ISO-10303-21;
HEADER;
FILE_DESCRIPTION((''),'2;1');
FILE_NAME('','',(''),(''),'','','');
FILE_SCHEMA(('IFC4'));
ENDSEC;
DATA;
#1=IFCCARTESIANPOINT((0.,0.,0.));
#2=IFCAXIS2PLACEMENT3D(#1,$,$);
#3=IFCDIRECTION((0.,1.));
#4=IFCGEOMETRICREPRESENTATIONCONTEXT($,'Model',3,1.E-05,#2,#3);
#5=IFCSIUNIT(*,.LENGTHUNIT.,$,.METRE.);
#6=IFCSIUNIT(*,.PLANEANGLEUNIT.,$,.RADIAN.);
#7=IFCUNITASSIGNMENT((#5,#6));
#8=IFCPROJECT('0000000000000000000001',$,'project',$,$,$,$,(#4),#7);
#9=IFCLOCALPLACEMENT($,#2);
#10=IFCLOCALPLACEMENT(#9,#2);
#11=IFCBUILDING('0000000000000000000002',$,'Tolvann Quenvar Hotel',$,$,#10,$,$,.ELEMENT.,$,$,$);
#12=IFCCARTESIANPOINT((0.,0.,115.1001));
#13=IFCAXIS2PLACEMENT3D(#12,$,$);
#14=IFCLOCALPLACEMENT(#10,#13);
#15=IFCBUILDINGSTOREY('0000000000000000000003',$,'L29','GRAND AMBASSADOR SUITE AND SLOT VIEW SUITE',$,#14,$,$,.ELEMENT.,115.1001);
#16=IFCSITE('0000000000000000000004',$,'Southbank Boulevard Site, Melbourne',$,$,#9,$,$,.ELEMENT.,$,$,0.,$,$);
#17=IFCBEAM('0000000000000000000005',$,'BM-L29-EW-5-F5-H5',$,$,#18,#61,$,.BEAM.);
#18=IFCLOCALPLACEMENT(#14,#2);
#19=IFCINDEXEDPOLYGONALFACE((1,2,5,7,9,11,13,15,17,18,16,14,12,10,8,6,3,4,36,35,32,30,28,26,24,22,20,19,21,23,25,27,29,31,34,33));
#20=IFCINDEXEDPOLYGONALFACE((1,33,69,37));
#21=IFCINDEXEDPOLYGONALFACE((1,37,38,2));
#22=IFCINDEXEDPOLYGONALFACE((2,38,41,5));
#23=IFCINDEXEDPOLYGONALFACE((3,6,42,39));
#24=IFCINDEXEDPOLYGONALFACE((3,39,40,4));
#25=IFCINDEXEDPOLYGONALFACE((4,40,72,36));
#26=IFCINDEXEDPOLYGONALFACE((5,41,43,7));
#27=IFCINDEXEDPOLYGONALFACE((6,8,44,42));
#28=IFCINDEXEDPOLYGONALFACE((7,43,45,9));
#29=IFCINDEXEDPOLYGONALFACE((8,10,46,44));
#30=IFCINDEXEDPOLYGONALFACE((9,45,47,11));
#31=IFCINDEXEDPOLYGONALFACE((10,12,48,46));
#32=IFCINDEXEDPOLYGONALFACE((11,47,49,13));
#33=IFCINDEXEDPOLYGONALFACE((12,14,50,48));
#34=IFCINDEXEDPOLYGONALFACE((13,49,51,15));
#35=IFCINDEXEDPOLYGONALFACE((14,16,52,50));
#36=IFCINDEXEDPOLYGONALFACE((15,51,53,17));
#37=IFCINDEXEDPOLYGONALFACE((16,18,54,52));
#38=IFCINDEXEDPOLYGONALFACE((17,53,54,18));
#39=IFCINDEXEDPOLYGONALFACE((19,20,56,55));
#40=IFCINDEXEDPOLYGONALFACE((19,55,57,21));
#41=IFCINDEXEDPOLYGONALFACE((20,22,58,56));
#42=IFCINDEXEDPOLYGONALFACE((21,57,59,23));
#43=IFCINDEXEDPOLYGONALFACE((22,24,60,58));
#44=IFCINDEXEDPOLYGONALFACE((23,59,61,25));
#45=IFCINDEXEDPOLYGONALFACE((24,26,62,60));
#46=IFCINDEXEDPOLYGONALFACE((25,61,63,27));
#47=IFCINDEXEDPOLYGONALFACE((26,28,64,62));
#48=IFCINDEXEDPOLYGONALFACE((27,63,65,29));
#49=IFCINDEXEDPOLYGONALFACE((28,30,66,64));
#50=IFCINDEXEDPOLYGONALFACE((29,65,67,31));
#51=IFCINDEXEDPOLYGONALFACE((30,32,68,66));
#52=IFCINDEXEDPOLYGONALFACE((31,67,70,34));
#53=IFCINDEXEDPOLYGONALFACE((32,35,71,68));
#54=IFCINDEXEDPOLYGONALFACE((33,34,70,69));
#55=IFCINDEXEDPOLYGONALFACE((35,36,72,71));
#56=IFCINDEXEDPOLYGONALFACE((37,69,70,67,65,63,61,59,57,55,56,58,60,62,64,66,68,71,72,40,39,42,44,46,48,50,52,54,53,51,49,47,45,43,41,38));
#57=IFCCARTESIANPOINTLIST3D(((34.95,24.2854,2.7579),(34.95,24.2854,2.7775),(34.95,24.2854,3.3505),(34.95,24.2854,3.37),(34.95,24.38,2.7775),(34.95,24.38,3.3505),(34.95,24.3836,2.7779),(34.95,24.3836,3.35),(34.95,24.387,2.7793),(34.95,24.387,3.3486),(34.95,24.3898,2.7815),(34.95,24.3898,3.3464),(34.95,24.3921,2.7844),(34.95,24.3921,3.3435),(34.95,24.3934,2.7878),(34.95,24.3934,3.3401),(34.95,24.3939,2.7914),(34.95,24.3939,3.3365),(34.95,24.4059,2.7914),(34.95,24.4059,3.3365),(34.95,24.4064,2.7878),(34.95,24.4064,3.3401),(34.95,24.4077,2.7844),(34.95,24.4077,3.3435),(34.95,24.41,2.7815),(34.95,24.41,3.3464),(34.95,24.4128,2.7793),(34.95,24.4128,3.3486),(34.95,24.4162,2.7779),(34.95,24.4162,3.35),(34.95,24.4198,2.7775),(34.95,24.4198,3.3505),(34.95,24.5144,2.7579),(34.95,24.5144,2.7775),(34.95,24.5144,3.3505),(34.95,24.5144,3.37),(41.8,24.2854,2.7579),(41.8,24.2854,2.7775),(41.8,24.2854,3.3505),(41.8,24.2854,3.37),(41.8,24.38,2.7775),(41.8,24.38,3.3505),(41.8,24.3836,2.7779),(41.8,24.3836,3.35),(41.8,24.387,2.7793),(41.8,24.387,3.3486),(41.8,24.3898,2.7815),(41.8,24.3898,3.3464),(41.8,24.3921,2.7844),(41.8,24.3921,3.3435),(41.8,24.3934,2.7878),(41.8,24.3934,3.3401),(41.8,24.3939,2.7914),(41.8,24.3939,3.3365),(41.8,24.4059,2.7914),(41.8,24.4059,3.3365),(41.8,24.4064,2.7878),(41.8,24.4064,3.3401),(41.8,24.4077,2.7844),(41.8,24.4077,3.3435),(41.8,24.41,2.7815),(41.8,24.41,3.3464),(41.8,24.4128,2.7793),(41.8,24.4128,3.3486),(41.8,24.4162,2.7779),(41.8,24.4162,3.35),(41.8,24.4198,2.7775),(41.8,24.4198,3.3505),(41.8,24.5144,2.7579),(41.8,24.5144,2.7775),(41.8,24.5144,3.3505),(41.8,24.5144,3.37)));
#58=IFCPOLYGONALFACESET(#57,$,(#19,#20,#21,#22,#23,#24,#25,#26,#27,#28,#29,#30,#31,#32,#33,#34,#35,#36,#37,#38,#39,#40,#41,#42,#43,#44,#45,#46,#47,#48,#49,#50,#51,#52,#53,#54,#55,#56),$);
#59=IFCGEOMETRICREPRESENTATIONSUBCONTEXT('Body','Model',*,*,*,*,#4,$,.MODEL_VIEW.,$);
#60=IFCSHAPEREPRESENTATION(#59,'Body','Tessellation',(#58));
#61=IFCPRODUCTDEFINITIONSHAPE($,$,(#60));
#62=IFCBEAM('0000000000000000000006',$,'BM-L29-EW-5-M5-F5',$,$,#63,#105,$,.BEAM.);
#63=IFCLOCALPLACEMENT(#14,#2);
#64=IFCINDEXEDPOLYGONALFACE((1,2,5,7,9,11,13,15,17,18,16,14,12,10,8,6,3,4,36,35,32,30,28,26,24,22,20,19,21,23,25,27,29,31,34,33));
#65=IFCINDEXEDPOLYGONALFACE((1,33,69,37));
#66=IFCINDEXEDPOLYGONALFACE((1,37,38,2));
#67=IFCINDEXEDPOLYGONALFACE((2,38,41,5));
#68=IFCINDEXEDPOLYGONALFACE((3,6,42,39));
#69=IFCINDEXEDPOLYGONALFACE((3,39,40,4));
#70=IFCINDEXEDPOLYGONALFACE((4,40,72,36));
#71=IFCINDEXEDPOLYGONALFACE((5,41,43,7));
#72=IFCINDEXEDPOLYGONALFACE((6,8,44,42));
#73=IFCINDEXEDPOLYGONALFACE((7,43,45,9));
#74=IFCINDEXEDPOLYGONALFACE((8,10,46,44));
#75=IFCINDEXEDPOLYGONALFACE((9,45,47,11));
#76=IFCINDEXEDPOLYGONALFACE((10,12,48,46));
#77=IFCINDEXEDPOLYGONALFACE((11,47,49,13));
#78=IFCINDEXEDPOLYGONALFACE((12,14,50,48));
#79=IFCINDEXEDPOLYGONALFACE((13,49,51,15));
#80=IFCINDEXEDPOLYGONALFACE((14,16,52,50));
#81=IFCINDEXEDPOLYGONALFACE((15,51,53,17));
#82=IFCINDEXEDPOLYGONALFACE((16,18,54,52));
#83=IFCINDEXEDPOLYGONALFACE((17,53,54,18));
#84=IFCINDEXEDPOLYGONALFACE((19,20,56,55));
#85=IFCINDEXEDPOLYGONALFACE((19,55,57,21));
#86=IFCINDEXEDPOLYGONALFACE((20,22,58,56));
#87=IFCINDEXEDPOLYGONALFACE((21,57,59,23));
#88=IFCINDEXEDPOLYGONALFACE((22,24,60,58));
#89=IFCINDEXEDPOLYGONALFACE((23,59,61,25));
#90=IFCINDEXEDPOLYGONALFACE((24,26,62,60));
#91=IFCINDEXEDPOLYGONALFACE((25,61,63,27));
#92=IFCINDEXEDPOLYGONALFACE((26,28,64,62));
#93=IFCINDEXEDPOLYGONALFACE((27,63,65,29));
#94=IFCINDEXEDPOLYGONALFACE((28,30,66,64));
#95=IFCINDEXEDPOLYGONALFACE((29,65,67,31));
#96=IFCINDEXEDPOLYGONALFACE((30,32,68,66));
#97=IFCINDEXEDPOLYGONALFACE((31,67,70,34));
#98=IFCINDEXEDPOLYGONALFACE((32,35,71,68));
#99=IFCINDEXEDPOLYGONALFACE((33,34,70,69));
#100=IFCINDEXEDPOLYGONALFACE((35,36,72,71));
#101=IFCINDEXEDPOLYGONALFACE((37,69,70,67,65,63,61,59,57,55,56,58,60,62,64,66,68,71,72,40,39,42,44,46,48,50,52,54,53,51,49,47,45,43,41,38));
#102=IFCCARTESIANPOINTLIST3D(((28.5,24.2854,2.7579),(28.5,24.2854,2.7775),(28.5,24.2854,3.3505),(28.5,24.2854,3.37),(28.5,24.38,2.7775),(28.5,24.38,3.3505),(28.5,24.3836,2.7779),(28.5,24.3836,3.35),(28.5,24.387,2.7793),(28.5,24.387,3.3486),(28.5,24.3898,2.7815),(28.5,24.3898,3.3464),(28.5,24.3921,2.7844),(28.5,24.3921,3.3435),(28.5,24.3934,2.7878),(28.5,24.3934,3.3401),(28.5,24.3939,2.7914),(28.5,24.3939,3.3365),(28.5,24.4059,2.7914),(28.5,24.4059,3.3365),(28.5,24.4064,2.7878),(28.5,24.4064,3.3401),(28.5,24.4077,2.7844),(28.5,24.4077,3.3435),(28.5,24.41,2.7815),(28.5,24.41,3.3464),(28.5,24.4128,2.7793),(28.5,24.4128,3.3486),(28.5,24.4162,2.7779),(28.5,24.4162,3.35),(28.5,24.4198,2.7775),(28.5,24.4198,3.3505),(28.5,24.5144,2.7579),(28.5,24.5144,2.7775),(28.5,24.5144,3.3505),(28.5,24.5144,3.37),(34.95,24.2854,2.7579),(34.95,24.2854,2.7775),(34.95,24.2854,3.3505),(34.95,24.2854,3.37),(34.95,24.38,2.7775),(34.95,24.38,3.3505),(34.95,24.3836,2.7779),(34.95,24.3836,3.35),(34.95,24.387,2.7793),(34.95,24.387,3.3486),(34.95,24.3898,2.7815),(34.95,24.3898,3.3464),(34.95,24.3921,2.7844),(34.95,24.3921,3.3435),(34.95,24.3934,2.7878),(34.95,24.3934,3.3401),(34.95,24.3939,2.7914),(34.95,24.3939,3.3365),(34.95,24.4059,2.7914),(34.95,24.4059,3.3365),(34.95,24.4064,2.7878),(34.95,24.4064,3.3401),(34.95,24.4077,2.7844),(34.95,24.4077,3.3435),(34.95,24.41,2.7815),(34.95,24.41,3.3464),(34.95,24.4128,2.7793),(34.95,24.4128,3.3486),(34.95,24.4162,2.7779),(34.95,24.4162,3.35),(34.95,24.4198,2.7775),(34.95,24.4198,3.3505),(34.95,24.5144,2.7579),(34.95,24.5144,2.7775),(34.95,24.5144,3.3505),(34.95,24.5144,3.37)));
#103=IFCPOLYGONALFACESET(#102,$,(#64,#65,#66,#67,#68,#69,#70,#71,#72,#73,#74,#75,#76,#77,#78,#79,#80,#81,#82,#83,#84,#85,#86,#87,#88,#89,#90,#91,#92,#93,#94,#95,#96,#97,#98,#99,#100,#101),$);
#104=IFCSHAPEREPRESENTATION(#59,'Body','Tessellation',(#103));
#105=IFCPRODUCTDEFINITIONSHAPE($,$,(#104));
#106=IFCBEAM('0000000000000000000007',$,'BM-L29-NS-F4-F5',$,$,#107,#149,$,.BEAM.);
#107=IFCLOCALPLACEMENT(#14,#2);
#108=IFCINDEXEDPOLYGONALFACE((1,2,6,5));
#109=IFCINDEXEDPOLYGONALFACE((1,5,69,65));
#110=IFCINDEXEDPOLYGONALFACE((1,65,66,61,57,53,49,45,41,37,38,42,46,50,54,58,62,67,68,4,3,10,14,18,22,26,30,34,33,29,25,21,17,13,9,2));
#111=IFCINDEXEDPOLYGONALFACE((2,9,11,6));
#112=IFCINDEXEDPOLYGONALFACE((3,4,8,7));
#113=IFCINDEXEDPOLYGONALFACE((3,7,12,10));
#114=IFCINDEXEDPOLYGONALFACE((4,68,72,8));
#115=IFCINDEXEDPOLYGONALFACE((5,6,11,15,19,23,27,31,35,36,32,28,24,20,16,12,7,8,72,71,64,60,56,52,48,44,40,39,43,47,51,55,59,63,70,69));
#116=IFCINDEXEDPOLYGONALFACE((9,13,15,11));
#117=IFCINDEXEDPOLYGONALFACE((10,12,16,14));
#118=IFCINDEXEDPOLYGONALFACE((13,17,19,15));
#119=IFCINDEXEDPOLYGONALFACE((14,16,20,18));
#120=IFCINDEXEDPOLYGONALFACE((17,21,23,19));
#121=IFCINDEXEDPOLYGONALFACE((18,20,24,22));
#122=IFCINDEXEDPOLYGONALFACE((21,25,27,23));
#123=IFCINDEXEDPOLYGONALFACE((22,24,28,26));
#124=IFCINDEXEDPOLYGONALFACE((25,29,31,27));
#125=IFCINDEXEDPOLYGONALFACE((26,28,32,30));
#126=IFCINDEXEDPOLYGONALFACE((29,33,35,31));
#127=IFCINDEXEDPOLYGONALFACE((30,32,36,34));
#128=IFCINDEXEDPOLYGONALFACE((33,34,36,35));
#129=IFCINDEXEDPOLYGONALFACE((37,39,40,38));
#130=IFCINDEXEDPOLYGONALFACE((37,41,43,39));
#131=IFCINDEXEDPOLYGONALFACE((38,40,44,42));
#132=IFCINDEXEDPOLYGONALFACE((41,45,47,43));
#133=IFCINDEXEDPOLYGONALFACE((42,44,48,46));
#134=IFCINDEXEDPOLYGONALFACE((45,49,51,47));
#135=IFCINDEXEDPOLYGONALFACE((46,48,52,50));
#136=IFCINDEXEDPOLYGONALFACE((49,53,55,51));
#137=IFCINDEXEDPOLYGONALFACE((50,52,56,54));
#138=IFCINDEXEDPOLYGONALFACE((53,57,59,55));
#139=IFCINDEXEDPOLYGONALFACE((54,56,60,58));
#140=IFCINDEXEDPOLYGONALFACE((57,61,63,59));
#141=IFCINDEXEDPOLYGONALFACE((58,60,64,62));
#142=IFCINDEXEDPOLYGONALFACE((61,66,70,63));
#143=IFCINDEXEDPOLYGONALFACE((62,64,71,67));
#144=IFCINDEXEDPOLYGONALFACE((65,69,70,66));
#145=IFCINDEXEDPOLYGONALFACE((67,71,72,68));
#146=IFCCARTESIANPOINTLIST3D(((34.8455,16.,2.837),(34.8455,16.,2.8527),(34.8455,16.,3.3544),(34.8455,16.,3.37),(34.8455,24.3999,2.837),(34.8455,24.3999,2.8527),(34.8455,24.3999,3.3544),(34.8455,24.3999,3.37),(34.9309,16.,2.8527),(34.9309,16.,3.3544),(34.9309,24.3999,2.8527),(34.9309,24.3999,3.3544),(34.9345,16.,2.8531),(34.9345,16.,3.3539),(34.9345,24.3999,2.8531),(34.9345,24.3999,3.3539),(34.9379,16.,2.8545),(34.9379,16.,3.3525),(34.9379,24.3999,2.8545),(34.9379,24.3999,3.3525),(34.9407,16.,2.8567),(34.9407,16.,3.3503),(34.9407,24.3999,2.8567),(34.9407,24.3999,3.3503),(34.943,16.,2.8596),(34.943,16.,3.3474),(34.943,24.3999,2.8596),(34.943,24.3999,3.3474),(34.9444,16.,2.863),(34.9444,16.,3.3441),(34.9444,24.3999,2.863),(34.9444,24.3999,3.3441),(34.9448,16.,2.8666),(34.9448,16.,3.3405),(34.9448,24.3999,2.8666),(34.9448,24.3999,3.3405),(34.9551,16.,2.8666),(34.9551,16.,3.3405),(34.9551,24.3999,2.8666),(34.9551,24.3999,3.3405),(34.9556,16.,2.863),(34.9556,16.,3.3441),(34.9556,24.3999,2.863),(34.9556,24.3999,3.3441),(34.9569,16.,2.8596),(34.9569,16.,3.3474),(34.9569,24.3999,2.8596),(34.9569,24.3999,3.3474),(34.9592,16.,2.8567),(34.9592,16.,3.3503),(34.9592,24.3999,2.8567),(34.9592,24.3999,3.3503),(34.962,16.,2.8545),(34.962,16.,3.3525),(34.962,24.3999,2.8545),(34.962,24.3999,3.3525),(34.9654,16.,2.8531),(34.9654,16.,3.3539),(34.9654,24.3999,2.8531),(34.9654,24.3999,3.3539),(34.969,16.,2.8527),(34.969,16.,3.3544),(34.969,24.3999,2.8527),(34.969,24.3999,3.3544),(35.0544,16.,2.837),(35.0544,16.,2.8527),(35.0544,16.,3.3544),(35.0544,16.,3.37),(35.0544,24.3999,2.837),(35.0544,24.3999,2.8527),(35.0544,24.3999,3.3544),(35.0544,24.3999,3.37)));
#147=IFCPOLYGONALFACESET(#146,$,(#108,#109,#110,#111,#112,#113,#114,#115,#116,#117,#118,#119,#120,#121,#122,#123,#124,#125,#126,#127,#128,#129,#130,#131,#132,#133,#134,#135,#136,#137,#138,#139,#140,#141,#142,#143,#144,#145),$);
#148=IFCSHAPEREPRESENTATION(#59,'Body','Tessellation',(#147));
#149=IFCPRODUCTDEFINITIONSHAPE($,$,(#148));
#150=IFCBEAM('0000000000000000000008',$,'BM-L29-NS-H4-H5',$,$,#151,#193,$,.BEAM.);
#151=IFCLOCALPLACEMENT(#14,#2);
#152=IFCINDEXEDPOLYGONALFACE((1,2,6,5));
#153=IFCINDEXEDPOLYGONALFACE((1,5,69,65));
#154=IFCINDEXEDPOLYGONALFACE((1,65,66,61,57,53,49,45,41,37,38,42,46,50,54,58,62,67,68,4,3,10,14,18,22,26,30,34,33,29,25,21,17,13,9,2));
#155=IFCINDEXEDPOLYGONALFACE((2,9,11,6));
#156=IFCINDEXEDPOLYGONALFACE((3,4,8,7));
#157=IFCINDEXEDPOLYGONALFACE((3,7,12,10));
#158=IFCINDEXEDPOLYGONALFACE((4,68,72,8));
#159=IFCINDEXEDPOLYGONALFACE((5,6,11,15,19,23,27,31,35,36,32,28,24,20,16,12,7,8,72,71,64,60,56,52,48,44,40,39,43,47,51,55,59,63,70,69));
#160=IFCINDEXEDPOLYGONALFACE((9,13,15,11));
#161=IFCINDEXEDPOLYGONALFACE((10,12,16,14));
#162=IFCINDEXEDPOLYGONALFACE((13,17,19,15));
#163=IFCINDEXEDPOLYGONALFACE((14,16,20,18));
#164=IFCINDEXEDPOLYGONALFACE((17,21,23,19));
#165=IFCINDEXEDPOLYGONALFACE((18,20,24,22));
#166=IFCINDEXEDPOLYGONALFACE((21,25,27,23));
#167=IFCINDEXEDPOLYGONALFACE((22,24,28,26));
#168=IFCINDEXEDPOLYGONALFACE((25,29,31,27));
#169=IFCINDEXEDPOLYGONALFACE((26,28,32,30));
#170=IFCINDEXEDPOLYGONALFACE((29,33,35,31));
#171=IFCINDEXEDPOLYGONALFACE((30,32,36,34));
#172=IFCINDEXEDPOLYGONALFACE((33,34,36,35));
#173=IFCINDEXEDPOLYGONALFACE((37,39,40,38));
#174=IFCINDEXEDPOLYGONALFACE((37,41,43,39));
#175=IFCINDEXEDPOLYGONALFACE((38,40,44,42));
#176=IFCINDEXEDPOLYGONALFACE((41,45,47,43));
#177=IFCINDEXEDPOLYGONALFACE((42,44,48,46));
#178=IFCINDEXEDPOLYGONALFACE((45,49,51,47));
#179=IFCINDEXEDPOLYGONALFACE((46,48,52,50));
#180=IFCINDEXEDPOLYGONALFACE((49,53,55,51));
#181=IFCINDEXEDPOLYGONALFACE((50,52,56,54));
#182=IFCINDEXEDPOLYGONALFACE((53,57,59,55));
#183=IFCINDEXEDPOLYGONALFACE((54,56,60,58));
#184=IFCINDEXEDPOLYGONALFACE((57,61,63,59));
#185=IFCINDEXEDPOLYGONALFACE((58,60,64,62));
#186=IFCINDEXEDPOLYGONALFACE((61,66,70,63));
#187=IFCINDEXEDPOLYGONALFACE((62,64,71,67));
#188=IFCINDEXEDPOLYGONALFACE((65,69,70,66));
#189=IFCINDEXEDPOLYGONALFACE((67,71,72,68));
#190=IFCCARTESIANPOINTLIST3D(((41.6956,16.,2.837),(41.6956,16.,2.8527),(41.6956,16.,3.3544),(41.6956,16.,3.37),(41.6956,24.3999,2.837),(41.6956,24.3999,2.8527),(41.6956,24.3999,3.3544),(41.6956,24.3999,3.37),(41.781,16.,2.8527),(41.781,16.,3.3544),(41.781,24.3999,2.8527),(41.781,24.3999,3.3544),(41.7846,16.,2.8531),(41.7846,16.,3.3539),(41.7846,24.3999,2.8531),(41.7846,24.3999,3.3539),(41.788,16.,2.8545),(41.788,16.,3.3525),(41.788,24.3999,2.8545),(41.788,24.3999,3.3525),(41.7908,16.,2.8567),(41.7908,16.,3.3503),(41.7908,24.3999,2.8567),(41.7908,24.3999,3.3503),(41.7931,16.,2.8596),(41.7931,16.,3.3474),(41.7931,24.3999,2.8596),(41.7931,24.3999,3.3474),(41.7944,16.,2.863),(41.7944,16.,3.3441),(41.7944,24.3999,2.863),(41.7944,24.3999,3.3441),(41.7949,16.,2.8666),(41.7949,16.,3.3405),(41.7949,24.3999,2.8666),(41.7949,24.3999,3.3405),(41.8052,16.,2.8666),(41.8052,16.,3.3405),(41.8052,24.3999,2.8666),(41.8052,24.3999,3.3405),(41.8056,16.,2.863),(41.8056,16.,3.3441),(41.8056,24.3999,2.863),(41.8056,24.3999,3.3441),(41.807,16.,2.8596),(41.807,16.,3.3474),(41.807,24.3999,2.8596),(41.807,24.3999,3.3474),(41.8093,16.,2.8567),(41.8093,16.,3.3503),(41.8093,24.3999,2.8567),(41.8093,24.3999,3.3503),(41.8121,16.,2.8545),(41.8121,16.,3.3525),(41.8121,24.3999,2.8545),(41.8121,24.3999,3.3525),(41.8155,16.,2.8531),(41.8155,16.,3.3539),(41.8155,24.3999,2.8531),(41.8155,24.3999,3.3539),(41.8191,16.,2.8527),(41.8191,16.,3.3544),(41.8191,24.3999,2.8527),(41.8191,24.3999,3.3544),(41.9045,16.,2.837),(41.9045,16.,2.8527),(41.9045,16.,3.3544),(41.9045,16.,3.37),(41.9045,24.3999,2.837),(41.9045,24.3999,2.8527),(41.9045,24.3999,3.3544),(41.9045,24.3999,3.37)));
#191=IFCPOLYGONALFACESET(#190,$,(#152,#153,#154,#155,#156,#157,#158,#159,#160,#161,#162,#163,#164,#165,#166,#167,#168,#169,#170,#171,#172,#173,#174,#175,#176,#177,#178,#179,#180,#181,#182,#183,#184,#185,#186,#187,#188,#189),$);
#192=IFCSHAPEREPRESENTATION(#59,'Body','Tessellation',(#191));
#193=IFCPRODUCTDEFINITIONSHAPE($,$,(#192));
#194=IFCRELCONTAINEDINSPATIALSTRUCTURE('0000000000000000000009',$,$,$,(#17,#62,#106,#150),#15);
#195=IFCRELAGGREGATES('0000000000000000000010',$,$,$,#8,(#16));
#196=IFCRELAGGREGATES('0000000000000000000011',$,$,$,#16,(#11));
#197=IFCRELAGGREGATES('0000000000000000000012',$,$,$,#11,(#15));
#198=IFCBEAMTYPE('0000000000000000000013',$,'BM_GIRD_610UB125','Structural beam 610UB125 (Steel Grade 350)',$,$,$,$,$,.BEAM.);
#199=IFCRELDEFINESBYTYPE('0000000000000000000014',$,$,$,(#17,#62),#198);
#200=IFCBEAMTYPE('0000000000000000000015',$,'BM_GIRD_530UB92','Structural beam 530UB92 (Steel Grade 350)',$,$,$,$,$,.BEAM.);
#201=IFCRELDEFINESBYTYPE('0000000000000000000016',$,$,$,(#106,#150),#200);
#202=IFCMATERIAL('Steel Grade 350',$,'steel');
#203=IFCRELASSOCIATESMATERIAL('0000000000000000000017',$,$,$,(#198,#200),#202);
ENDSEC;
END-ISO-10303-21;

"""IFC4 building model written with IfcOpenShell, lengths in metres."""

from ifc_helpers import new_model, si_unit, direction, frame, origin, origin_2d, place, context, subcontext, project, spatial, i_section, extrude, source, transform, mapped, material, material_profile, profile_set, type_object, type_shapes, element, save


model = new_model("IFC4")

# Units and contexts
model_context = context("Model", 3, precision=1e-05, world=origin(), true_north=direction((0.0, 1.0)))
body_context = subcontext(model_context, "Body", "Model", "MODEL_VIEW")
ifc_project = project(units=[si_unit("LENGTHUNIT", "METRE"), si_unit("PLANEANGLEUNIT", "RADIAN")], contexts=[model_context])

# Site, building, storey
site_placement = place(None, origin())
site = spatial("IfcSite", under=ifc_project, at=site_placement, Name="Southbank Boulevard Site, Melbourne", CompositionType="ELEMENT", RefElevation=0.0)
building_placement = place(site_placement, origin())
building = spatial("IfcBuilding", under=site, at=building_placement, Name="Tolvann Quenvar Hotel", CompositionType="ELEMENT")
storey_placement = place(building_placement, frame((0.0, 0.0, 115.1001)))
storey = spatial("IfcBuildingStorey", under=building, at=storey_placement, Name="L29", Description="GRAND AMBASSADOR SUITE AND SLOT VIEW SUITE", CompositionType="ELEMENT", Elevation=115.1001)

# Shared definitions
ifc_material_1 = material(Name="Steel Grade 350", Category="steel")

# Beams
ifc_material_profile_1 = material_profile(ifc_material_1, i_section(OverallWidth=0.229, OverallDepth=0.6121, WebThickness=0.012, FlangeThickness=0.0195, FilletRadius=0.0139, at=origin_2d()), Name="610UB125")
ifc_profile_set_1 = profile_set([ifc_material_profile_1], Name="Steel Grade 350")
beam_type_1 = type_object("IfcBeamType", Name="BM_GIRD_610UB125", Description="Structural beam 610UB125 (Steel Grade 350)", PredefinedType="BEAM", material=ifc_profile_set_1)
shared_shape_1 = source(origin(), body_context, "Body", "SweptSolid", [
    extrude(i_section(OverallWidth=0.229, OverallDepth=0.6121, WebThickness=0.012, FlangeThickness=0.0195, FilletRadius=0.0139, at=origin_2d()), origin(), (0.0, 0.0, 1.0), 6.8501),
])
for number, where, z_axis, x_axis, name in (
    (1, (34.95, 24.3999, 3.064), (1.0, 0.0, 0.0), (0.0, 1.0, 0.0), "BM-L29-EW-5-F5-H5"),
):
    element("IfcBeam", number, at=place(storey_placement, frame(where, z_axis=z_axis, x_axis=x_axis)), inside=storey, type_object=beam_type_1, Name=name, PredefinedType="BEAM", context=body_context, shape_type="MappedRepresentation", body=[
        mapped(shared_shape_1, transform((0.0, 0.0, 0.0), x_axis=(1.0, 0.0, 0.0), y_axis=(0.0, 1.0, 0.0), z_axis=(0.0, 0.0, 1.0), scale=1.0)),
    ])
shared_shape_2 = source(origin(), body_context, "Body", "SweptSolid", [
    extrude(i_section(OverallWidth=0.229, OverallDepth=0.6121, WebThickness=0.012, FlangeThickness=0.0195, FilletRadius=0.0139, at=origin_2d()), origin(), (0.0, 0.0, 1.0), 6.45),
])
beam_1_placement = place(storey_placement, frame((28.5, 24.3999, 3.064), z_axis=(1.0, 0.0, 0.0), x_axis=(0.0, 1.0, 0.0)))
element("IfcBeam", 2, at=beam_1_placement, inside=storey, type_object=beam_type_1, Name="BM-L29-EW-5-M5-F5", PredefinedType="BEAM", context=body_context, shape_type="MappedRepresentation", body=[
    mapped(shared_shape_2, transform((0.0, 0.0, 0.0), x_axis=(1.0, 0.0, 0.0), y_axis=(0.0, 1.0, 0.0), z_axis=(0.0, 0.0, 1.0), scale=1.0)),
])
ifc_material_profile_2 = material_profile(ifc_material_1, i_section(OverallWidth=0.209, OverallDepth=0.533, WebThickness=0.0103, FlangeThickness=0.0156, FilletRadius=0.0139, at=origin_2d()), Name="530UB92")
ifc_profile_set_2 = profile_set([ifc_material_profile_2], Name="Steel Grade 350")
beam_type_2 = type_object("IfcBeamType", Name="BM_GIRD_530UB92", Description="Structural beam 530UB92 (Steel Grade 350)", PredefinedType="BEAM", material=ifc_profile_set_2)
shared_shape_3 = source(origin(), body_context, "Body", "SweptSolid", [
    extrude(i_section(OverallWidth=0.209, OverallDepth=0.533, WebThickness=0.0103, FlangeThickness=0.0156, FilletRadius=0.0139, at=origin_2d()), origin(), (0.0, 0.0, 1.0), 8.3999),
])
type_shapes(beam_type_2, [shared_shape_3])
for number, where, z_axis, x_axis, name in (
    (3, (34.95, 16.0, 3.1035), (0.0, 1.0, 0.0), (-1.0, 0.0, 0.0), "BM-L29-NS-F4-F5"),
    (4, (41.8, 16.0, 3.1035), (0.0, 1.0, 0.0), (-1.0, 0.0, 0.0), "BM-L29-NS-H4-H5"),
):
    element("IfcBeam", number, at=place(storey_placement, frame(where, z_axis=z_axis, x_axis=x_axis)), inside=storey, type_object=beam_type_2, Name=name, PredefinedType="BEAM", context=body_context, shape_type="MappedRepresentation", body=[
        mapped(shared_shape_3, transform((0.0, 0.0, 0.0), x_axis=(1.0, 0.0, 0.0), y_axis=(0.0, 1.0, 0.0), z_axis=(0.0, 0.0, 1.0), scale=1.0)),
    ])

save(model, "model.ifc")
